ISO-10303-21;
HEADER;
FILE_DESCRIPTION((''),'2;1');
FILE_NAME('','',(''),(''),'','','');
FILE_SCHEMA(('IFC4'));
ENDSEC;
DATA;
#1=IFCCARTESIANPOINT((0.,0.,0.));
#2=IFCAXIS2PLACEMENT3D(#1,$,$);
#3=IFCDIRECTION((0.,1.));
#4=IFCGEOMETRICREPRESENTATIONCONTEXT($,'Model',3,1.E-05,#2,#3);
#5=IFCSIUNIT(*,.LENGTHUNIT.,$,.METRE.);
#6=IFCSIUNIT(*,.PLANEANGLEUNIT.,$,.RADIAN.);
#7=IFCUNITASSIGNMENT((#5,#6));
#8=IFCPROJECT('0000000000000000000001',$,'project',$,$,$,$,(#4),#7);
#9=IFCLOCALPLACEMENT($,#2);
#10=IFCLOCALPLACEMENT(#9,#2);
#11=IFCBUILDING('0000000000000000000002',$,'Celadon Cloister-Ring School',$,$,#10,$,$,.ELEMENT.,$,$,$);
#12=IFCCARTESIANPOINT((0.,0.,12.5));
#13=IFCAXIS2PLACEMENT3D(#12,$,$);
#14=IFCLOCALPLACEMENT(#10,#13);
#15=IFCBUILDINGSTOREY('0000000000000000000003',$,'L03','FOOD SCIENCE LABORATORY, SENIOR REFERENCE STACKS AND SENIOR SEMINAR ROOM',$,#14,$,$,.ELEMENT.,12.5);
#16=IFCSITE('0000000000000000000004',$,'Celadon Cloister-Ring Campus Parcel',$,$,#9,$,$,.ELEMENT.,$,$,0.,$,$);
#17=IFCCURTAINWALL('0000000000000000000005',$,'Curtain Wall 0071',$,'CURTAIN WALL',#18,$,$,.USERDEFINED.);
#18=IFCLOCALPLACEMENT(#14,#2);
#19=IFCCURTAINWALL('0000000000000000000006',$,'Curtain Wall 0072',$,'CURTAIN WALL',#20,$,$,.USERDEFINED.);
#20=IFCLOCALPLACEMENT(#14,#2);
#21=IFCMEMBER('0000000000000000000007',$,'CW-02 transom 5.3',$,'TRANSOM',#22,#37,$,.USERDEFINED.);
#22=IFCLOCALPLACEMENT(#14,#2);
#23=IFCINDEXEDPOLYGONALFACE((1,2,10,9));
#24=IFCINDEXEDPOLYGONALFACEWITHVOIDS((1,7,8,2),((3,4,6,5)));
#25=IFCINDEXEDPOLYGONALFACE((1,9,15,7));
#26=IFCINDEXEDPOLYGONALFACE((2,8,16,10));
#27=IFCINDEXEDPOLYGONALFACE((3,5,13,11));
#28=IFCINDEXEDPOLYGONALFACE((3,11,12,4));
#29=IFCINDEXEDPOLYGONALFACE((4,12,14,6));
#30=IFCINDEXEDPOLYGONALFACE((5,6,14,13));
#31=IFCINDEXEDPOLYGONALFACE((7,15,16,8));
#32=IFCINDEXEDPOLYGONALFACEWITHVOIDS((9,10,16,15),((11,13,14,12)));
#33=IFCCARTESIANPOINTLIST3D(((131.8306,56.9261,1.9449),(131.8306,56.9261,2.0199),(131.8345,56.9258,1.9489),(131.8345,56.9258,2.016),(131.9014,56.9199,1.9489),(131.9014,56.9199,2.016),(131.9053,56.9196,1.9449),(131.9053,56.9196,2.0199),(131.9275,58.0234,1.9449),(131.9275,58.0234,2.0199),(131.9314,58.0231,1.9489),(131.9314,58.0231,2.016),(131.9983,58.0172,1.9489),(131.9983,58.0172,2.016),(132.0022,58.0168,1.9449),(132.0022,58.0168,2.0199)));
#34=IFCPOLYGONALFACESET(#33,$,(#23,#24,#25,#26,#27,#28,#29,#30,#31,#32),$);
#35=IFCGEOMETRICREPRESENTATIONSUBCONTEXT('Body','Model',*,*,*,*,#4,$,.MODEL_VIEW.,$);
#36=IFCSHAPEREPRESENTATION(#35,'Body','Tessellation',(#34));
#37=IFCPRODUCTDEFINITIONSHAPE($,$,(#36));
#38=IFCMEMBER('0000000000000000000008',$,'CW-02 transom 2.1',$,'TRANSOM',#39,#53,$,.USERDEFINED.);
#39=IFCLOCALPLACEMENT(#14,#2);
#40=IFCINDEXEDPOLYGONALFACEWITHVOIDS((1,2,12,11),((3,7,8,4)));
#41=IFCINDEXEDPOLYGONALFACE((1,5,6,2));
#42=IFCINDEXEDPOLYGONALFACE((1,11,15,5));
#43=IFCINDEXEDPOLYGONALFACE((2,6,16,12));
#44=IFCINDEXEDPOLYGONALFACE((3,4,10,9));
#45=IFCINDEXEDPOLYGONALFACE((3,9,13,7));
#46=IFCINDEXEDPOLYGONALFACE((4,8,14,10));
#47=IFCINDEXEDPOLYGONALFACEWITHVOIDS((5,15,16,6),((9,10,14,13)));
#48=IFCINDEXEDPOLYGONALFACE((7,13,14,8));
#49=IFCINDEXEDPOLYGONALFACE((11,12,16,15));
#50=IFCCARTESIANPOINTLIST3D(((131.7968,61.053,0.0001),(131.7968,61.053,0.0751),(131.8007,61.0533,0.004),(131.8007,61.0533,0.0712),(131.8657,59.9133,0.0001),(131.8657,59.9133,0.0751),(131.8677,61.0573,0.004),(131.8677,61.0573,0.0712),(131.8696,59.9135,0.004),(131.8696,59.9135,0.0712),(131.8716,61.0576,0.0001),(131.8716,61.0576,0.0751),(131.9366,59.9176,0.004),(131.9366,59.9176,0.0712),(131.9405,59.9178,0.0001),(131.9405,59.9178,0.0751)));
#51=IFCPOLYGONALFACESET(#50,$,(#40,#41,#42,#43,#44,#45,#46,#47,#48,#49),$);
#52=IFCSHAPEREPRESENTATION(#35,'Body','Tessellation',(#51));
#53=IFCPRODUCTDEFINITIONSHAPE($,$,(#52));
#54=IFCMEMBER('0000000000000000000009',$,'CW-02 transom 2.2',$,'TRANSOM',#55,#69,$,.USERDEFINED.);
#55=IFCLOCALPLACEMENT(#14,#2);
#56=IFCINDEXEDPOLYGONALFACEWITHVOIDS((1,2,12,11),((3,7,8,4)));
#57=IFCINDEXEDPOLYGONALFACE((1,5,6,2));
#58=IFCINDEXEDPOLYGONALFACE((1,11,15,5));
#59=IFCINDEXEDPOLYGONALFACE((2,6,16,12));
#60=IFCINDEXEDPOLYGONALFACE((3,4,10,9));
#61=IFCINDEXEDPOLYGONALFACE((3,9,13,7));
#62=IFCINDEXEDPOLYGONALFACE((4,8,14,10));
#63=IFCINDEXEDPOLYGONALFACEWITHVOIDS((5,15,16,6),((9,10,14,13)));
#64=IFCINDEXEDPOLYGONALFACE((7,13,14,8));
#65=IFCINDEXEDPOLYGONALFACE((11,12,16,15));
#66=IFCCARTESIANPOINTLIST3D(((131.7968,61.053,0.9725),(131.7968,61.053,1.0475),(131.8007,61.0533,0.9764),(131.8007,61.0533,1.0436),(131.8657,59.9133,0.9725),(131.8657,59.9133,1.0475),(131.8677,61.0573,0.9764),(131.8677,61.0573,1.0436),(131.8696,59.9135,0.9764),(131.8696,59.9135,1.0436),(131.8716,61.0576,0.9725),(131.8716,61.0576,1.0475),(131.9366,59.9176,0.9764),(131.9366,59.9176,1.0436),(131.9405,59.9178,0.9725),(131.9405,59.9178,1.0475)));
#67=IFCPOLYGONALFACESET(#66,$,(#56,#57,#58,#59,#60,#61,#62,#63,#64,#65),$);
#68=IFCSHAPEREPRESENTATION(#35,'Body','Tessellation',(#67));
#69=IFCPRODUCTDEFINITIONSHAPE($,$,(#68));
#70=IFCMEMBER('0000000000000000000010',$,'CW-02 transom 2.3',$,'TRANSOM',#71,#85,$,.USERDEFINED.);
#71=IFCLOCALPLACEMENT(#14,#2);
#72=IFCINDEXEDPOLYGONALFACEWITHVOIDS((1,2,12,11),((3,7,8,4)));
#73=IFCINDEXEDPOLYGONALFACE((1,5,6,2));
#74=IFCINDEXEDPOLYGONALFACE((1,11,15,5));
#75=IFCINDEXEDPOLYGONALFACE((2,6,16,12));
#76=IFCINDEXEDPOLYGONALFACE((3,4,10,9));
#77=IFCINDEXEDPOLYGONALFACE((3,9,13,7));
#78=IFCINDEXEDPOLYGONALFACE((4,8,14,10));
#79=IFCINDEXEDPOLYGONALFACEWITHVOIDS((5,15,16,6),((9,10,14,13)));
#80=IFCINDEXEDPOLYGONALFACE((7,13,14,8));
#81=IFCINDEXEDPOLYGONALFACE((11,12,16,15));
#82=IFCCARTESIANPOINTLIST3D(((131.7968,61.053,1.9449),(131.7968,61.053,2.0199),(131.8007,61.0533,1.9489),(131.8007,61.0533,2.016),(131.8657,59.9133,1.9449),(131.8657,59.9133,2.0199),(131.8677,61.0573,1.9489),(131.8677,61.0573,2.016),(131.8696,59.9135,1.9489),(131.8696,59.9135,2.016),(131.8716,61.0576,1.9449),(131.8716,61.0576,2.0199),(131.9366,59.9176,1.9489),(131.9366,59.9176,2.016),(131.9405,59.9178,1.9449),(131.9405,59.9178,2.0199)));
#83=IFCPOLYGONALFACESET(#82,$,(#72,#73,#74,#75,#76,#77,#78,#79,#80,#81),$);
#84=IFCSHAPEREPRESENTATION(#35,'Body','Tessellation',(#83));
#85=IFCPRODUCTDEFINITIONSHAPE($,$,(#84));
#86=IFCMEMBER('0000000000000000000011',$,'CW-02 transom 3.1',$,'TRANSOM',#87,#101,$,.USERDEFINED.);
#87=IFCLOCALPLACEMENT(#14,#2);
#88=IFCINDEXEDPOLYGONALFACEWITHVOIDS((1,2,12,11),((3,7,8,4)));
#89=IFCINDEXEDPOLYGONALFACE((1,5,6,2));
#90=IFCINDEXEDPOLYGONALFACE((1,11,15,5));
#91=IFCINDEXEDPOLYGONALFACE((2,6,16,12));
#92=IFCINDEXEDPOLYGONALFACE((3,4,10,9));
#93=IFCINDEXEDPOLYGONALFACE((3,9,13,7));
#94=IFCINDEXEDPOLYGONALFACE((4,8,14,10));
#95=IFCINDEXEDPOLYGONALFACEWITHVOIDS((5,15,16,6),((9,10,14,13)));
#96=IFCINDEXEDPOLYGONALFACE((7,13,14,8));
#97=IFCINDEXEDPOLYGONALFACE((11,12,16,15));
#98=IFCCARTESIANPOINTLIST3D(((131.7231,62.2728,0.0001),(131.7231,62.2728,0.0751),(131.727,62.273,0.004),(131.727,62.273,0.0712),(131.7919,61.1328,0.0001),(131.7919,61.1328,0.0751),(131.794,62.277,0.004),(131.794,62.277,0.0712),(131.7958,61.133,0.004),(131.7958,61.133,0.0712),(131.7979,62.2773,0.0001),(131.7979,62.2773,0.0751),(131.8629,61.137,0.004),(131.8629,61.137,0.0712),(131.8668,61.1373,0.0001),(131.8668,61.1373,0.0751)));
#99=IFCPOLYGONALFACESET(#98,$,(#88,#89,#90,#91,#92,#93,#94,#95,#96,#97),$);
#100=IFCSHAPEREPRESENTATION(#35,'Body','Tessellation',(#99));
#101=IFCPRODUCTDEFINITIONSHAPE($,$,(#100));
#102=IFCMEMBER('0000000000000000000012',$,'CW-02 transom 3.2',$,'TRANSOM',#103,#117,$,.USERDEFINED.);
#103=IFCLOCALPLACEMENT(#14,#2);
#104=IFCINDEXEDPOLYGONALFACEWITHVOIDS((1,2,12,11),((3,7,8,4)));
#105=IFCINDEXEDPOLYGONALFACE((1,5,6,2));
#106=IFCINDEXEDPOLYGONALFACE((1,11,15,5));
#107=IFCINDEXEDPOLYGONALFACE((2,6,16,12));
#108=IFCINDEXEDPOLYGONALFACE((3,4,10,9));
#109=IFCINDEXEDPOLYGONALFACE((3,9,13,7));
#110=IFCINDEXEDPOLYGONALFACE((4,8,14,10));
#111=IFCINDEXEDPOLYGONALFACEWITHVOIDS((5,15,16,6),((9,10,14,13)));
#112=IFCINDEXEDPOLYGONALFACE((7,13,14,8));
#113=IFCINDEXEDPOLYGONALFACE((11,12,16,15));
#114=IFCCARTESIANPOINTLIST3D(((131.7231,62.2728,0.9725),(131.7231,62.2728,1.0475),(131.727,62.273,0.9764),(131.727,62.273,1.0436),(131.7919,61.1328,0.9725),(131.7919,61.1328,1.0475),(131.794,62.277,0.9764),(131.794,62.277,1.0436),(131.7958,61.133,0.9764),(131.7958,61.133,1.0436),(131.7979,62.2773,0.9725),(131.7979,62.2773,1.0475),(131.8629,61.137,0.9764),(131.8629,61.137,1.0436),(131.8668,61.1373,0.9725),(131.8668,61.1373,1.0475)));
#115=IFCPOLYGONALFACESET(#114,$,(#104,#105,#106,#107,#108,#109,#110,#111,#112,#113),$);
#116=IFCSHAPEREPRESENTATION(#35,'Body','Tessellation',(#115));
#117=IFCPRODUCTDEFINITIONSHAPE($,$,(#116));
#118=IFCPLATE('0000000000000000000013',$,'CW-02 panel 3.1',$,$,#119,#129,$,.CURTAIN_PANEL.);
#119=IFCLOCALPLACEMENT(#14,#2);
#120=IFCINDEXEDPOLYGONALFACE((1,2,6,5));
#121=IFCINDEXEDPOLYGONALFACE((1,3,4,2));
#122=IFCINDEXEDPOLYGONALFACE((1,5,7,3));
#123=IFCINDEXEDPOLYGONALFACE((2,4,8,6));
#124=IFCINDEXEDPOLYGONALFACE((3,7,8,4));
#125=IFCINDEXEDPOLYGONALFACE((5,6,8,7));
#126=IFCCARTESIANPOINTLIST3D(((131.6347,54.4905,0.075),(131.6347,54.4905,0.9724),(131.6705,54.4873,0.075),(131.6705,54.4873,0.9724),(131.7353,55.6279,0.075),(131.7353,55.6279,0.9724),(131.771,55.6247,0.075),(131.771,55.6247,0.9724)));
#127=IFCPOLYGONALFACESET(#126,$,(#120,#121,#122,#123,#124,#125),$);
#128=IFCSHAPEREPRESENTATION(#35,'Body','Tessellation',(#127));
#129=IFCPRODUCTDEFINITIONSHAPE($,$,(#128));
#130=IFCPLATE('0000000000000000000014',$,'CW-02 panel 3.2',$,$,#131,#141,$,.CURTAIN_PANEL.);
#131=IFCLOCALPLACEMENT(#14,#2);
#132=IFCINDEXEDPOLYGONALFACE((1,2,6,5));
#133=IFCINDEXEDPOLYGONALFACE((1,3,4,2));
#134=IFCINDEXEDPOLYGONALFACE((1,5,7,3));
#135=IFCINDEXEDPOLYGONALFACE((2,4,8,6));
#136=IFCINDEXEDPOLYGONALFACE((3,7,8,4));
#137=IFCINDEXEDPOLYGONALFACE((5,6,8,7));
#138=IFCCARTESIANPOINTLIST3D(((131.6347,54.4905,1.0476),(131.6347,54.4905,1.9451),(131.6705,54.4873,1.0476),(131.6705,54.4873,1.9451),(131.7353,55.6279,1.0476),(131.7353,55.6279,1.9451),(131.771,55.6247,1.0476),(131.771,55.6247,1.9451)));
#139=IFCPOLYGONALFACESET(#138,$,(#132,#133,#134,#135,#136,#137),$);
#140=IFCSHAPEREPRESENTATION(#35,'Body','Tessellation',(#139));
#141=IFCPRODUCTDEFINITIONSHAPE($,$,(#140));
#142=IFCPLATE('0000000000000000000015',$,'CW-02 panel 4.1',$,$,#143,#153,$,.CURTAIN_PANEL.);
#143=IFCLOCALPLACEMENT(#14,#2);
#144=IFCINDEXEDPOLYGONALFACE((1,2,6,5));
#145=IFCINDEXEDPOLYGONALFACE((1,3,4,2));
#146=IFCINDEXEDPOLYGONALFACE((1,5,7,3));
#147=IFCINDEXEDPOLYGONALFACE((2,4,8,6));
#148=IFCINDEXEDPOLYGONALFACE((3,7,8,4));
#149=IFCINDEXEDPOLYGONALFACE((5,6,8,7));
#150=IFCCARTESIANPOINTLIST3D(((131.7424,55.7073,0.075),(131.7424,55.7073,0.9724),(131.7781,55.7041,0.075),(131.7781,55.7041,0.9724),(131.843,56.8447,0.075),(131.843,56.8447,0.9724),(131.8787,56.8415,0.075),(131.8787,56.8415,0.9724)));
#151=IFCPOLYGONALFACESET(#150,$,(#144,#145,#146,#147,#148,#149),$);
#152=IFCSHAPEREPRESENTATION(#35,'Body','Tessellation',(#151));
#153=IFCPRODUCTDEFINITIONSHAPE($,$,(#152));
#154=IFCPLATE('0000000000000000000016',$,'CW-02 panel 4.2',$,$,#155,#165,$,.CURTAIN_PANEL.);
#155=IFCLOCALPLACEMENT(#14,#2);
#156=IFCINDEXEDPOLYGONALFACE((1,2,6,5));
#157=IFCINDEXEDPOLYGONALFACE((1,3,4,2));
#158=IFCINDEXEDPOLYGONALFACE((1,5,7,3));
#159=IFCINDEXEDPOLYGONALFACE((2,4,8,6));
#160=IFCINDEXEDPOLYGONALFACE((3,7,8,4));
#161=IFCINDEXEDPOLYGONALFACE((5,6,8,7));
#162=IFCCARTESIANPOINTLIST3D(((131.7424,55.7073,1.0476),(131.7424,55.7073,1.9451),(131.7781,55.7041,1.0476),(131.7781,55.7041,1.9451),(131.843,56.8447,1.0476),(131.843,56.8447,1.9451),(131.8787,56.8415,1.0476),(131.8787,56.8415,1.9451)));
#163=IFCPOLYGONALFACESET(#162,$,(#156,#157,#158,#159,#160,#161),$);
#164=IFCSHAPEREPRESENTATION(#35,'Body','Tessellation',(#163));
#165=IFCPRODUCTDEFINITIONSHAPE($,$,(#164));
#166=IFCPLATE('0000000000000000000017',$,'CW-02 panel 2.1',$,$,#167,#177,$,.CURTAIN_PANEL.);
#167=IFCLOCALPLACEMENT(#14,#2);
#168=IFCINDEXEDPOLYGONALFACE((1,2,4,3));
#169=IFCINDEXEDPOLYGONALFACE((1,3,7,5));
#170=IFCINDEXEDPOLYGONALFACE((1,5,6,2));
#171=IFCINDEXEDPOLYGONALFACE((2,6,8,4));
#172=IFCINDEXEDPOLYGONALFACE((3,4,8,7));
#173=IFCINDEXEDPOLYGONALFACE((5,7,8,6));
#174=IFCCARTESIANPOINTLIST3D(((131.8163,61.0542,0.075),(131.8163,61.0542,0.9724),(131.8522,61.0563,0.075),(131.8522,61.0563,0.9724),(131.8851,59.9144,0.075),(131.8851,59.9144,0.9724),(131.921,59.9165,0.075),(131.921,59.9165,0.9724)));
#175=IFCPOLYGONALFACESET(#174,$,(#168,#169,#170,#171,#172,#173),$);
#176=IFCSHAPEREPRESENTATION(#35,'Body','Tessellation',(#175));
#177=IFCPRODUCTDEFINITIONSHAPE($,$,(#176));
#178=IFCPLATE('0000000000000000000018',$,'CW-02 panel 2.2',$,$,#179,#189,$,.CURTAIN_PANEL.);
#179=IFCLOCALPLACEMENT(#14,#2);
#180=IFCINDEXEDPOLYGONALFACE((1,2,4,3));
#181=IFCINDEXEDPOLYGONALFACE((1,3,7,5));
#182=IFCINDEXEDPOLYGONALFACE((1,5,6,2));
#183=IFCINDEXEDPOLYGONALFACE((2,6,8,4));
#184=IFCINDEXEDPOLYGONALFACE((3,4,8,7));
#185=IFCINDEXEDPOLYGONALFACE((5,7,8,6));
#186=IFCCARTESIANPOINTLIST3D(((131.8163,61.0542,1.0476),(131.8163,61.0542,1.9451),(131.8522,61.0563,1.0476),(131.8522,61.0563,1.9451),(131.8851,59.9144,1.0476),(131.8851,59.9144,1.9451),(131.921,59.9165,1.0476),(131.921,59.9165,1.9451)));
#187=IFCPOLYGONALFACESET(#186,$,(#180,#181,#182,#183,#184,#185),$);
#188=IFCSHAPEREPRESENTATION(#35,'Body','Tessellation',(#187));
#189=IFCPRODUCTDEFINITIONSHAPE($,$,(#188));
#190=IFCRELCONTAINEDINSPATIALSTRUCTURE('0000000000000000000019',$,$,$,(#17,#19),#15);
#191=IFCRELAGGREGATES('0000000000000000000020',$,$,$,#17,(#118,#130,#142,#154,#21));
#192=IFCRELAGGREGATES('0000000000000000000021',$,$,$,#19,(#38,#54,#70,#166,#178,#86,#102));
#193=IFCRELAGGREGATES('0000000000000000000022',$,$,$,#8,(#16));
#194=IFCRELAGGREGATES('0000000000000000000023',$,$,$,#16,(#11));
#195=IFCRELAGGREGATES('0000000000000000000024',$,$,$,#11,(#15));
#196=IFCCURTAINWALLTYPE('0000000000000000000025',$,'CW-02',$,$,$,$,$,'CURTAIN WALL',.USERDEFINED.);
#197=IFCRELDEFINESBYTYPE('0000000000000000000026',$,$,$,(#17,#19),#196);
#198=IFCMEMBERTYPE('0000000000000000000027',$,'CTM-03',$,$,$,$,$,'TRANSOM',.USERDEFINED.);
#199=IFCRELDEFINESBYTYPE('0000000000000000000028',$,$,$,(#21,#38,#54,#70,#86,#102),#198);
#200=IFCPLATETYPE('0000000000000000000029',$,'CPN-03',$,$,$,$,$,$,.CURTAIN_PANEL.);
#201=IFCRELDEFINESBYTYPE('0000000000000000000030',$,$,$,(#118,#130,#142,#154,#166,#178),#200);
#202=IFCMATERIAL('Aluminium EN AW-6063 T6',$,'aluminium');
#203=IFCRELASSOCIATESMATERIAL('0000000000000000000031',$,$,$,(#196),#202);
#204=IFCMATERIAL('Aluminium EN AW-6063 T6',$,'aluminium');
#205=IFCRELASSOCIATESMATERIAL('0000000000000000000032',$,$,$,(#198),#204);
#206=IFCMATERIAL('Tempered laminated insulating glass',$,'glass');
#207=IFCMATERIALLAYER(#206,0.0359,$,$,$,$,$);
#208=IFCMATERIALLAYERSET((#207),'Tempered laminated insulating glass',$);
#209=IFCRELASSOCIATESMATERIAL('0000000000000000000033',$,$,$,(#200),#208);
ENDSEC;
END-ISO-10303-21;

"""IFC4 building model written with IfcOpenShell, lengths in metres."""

from ifc_helpers import new_model, si_unit, direction, frame, origin, origin_2d, place, context, subcontext, project, spatial, rectangle, hollow_rectangle, extrude, material, layer, layer_set, material_profile, profile_set, type_object, element, aggregate, save


model = new_model("IFC4")

# Units and contexts
model_context = context("Model", 3, precision=1e-05, world=origin(), true_north=direction((0.0, 1.0)))
body_context = subcontext(model_context, "Body", "Model", "MODEL_VIEW")
ifc_project = project(units=[si_unit("LENGTHUNIT", "METRE"), si_unit("PLANEANGLEUNIT", "RADIAN")], contexts=[model_context])

# Site, building, storey
site_placement = place(None, origin())
site = spatial("IfcSite", under=ifc_project, at=site_placement, Name="Celadon Cloister-Ring Campus Parcel", CompositionType="ELEMENT", RefElevation=0.0)
building_placement = place(site_placement, origin())
building = spatial("IfcBuilding", under=site, at=building_placement, Name="Celadon Cloister-Ring School", CompositionType="ELEMENT")
storey_placement = place(building_placement, frame((0.0, 0.0, 12.5)))
storey = spatial("IfcBuildingStorey", under=building, at=storey_placement, Name="L03", Description="FOOD SCIENCE LABORATORY, SENIOR REFERENCE STACKS AND SENIOR SEMINAR ROOM", CompositionType="ELEMENT", Elevation=12.5)

# Curtain wall
ifc_material_1 = material(Name="Aluminium EN AW-6063 T6", Category="aluminium")
curtain_wall_type = type_object("IfcCurtainWallType", Name="CW-02", ElementType="CURTAIN WALL", PredefinedType="USERDEFINED", material=ifc_material_1)
curtain_wall_1_placement = place(storey_placement, origin())
curtain_wall_1 = element("IfcCurtainWall", 1, at=curtain_wall_1_placement, inside=storey, type_object=curtain_wall_type, Name="Curtain Wall 0071", ObjectType="CURTAIN WALL", PredefinedType="USERDEFINED")

# Curtain wall
curtain_wall_2_placement = place(storey_placement, origin())
curtain_wall_2 = element("IfcCurtainWall", 2, at=curtain_wall_2_placement, inside=storey, type_object=curtain_wall_type, Name="Curtain Wall 0072", ObjectType="CURTAIN WALL", PredefinedType="USERDEFINED")

# Members
ifc_material_2 = material(Name="Aluminium EN AW-6063 T6", Category="aluminium")
ifc_material_profile_1 = material_profile(ifc_material_2, hollow_rectangle(XDim=0.075, YDim=0.075, WallThickness=0.0039, at=origin_2d()), Name="RHS75X75X4")
ifc_profile_set_1 = profile_set([ifc_material_profile_1], Name="Aluminium EN AW-6063 T6")
member_type_1 = type_object("IfcMemberType", Name="CTM-03", ElementType="TRANSOM", PredefinedType="USERDEFINED", material=ifc_profile_set_1)
member_1_placement = place(storey_placement, frame((131.8679, 56.9229, 1.9824), z_axis=(0.087978, 0.996122, 0.0), x_axis=(-0.996122, 0.087978, 0.0)))
member_1 = element("IfcMember", 3, at=member_1_placement, type_object=member_type_1, Name="CW-02 transom 5.3", ObjectType="TRANSOM", PredefinedType="USERDEFINED", context=body_context, shape_type="SweptSolid", body=[
    extrude(hollow_rectangle(XDim=0.075, YDim=0.075, WallThickness=0.0039, at=origin_2d()), origin(), (0.0, 0.0, 1.0), 1.1016),
])
member_2_placement = place(storey_placement, frame((131.9031, 59.9155, 0.0376), z_axis=(-0.060301, 0.99818, 0.0), x_axis=(-0.99818, -0.060301, 0.0)))
member_2 = element("IfcMember", 4, at=member_2_placement, type_object=member_type_1, Name="CW-02 transom 2.1", ObjectType="TRANSOM", PredefinedType="USERDEFINED", context=body_context, shape_type="SweptSolid", body=[
    extrude(hollow_rectangle(XDim=0.075, YDim=0.075, WallThickness=0.0039, at=origin_2d()), origin(), (0.0, 0.0, 1.0), 1.1418),
])
member_3_placement = place(storey_placement, frame((131.9031, 59.9155, 1.01), z_axis=(-0.060301, 0.99818, 0.0), x_axis=(-0.99818, -0.060301, 0.0)))
member_3 = element("IfcMember", 5, at=member_3_placement, type_object=member_type_1, Name="CW-02 transom 2.2", ObjectType="TRANSOM", PredefinedType="USERDEFINED", context=body_context, shape_type="SweptSolid", body=[
    extrude(hollow_rectangle(XDim=0.075, YDim=0.075, WallThickness=0.0039, at=origin_2d()), origin(), (0.0, 0.0, 1.0), 1.1418),
])
member_4_placement = place(storey_placement, frame((131.9031, 59.9155, 1.9824), z_axis=(-0.060301, 0.99818, 0.0), x_axis=(-0.99818, -0.060301, 0.0)))
member_4 = element("IfcMember", 6, at=member_4_placement, type_object=member_type_1, Name="CW-02 transom 2.3", ObjectType="TRANSOM", PredefinedType="USERDEFINED", context=body_context, shape_type="SweptSolid", body=[
    extrude(hollow_rectangle(XDim=0.075, YDim=0.075, WallThickness=0.0039, at=origin_2d()), origin(), (0.0, 0.0, 1.0), 1.1418),
])
member_5_placement = place(storey_placement, frame((131.8293, 61.135, 0.0376), z_axis=(-0.060289, 0.998181, 0.0), x_axis=(-0.998181, -0.060289, 0.0)))
member_5 = element("IfcMember", 7, at=member_5_placement, type_object=member_type_1, Name="CW-02 transom 3.1", ObjectType="TRANSOM", PredefinedType="USERDEFINED", context=body_context, shape_type="SweptSolid", body=[
    extrude(hollow_rectangle(XDim=0.075, YDim=0.075, WallThickness=0.0039, at=origin_2d()), origin(), (0.0, 0.0, 1.0), 1.1421),
])
member_6_placement = place(storey_placement, frame((131.8293, 61.135, 1.01), z_axis=(-0.060289, 0.998181, 0.0), x_axis=(-0.998181, -0.060289, 0.0)))
member_6 = element("IfcMember", 8, at=member_6_placement, type_object=member_type_1, Name="CW-02 transom 3.2", ObjectType="TRANSOM", PredefinedType="USERDEFINED", context=body_context, shape_type="SweptSolid", body=[
    extrude(hollow_rectangle(XDim=0.075, YDim=0.075, WallThickness=0.0039, at=origin_2d()), origin(), (0.0, 0.0, 1.0), 1.1421),
])

# Plates
ifc_material_3 = material(Name="Tempered laminated insulating glass", Category="glass")
ifc_layer = layer(ifc_material_3, 0.0359)
ifc_layer_set = layer_set([ifc_layer], Name="Tempered laminated insulating glass")
plate_type = type_object("IfcPlateType", Name="CPN-03", PredefinedType="CURTAIN_PANEL", material=ifc_layer_set)
plate_1_placement = place(storey_placement, frame((131.7029, 55.0576, 0.075), z_axis=(0.0, 0.0, 1.0), x_axis=(0.088071, 0.996114, 0.0)))
plate_1 = element("IfcPlate", 9, at=plate_1_placement, type_object=plate_type, Name="CW-02 panel 3.1", PredefinedType="CURTAIN_PANEL", context=body_context, shape_type="SweptSolid", body=[
    extrude(rectangle(XDim=1.1418, YDim=0.0359, at=origin_2d()), origin(), (0.0, 0.0, 1.0), 0.8975),
])
plate_2_placement = place(storey_placement, frame((131.7029, 55.0576, 1.0476), z_axis=(0.0, 0.0, 1.0), x_axis=(0.088071, 0.996114, 0.0)))
plate_2 = element("IfcPlate", 10, at=plate_2_placement, type_object=plate_type, Name="CW-02 panel 3.2", PredefinedType="CURTAIN_PANEL", context=body_context, shape_type="SweptSolid", body=[
    extrude(rectangle(XDim=1.1418, YDim=0.0359, at=origin_2d()), origin(), (0.0, 0.0, 1.0), 0.8975),
])
plate_3_placement = place(storey_placement, frame((131.8105, 56.2744, 0.075), z_axis=(0.0, 0.0, 1.0), x_axis=(0.088071, 0.996114, 0.0)))
plate_3 = element("IfcPlate", 11, at=plate_3_placement, type_object=plate_type, Name="CW-02 panel 4.1", PredefinedType="CURTAIN_PANEL", context=body_context, shape_type="SweptSolid", body=[
    extrude(rectangle(XDim=1.1418, YDim=0.0359, at=origin_2d()), origin(), (0.0, 0.0, 1.0), 0.8975),
])
plate_4_placement = place(storey_placement, frame((131.8105, 56.2744, 1.0476), z_axis=(0.0, 0.0, 1.0), x_axis=(0.088071, 0.996114, 0.0)))
plate_4 = element("IfcPlate", 12, at=plate_4_placement, type_object=plate_type, Name="CW-02 panel 4.2", PredefinedType="CURTAIN_PANEL", context=body_context, shape_type="SweptSolid", body=[
    extrude(rectangle(XDim=1.1418, YDim=0.0359, at=origin_2d()), origin(), (0.0, 0.0, 1.0), 0.8975),
])
aggregate(curtain_wall_1, [plate_1, plate_2, plate_3, plate_4, member_1])
plate_5_placement = place(storey_placement, frame((131.8687, 60.4854, 0.075), z_axis=(0.0, 0.0, 1.0), x_axis=(-0.060238, 0.998184, 0.0)))
plate_5 = element("IfcPlate", 13, at=plate_5_placement, type_object=plate_type, Name="CW-02 panel 2.1", PredefinedType="CURTAIN_PANEL", context=body_context, shape_type="SweptSolid", body=[
    extrude(rectangle(XDim=1.1418, YDim=0.0359, at=origin_2d()), origin(), (0.0, 0.0, 1.0), 0.8975),
])
plate_6_placement = place(storey_placement, frame((131.8687, 60.4854, 1.0476), z_axis=(0.0, 0.0, 1.0), x_axis=(-0.060238, 0.998184, 0.0)))
plate_6 = element("IfcPlate", 14, at=plate_6_placement, type_object=plate_type, Name="CW-02 panel 2.2", PredefinedType="CURTAIN_PANEL", context=body_context, shape_type="SweptSolid", body=[
    extrude(rectangle(XDim=1.1418, YDim=0.0359, at=origin_2d()), origin(), (0.0, 0.0, 1.0), 0.8975),
])
aggregate(curtain_wall_2, [member_2, member_3, member_4, plate_5, plate_6, member_5, member_6])

save(model, "model.ifc")
